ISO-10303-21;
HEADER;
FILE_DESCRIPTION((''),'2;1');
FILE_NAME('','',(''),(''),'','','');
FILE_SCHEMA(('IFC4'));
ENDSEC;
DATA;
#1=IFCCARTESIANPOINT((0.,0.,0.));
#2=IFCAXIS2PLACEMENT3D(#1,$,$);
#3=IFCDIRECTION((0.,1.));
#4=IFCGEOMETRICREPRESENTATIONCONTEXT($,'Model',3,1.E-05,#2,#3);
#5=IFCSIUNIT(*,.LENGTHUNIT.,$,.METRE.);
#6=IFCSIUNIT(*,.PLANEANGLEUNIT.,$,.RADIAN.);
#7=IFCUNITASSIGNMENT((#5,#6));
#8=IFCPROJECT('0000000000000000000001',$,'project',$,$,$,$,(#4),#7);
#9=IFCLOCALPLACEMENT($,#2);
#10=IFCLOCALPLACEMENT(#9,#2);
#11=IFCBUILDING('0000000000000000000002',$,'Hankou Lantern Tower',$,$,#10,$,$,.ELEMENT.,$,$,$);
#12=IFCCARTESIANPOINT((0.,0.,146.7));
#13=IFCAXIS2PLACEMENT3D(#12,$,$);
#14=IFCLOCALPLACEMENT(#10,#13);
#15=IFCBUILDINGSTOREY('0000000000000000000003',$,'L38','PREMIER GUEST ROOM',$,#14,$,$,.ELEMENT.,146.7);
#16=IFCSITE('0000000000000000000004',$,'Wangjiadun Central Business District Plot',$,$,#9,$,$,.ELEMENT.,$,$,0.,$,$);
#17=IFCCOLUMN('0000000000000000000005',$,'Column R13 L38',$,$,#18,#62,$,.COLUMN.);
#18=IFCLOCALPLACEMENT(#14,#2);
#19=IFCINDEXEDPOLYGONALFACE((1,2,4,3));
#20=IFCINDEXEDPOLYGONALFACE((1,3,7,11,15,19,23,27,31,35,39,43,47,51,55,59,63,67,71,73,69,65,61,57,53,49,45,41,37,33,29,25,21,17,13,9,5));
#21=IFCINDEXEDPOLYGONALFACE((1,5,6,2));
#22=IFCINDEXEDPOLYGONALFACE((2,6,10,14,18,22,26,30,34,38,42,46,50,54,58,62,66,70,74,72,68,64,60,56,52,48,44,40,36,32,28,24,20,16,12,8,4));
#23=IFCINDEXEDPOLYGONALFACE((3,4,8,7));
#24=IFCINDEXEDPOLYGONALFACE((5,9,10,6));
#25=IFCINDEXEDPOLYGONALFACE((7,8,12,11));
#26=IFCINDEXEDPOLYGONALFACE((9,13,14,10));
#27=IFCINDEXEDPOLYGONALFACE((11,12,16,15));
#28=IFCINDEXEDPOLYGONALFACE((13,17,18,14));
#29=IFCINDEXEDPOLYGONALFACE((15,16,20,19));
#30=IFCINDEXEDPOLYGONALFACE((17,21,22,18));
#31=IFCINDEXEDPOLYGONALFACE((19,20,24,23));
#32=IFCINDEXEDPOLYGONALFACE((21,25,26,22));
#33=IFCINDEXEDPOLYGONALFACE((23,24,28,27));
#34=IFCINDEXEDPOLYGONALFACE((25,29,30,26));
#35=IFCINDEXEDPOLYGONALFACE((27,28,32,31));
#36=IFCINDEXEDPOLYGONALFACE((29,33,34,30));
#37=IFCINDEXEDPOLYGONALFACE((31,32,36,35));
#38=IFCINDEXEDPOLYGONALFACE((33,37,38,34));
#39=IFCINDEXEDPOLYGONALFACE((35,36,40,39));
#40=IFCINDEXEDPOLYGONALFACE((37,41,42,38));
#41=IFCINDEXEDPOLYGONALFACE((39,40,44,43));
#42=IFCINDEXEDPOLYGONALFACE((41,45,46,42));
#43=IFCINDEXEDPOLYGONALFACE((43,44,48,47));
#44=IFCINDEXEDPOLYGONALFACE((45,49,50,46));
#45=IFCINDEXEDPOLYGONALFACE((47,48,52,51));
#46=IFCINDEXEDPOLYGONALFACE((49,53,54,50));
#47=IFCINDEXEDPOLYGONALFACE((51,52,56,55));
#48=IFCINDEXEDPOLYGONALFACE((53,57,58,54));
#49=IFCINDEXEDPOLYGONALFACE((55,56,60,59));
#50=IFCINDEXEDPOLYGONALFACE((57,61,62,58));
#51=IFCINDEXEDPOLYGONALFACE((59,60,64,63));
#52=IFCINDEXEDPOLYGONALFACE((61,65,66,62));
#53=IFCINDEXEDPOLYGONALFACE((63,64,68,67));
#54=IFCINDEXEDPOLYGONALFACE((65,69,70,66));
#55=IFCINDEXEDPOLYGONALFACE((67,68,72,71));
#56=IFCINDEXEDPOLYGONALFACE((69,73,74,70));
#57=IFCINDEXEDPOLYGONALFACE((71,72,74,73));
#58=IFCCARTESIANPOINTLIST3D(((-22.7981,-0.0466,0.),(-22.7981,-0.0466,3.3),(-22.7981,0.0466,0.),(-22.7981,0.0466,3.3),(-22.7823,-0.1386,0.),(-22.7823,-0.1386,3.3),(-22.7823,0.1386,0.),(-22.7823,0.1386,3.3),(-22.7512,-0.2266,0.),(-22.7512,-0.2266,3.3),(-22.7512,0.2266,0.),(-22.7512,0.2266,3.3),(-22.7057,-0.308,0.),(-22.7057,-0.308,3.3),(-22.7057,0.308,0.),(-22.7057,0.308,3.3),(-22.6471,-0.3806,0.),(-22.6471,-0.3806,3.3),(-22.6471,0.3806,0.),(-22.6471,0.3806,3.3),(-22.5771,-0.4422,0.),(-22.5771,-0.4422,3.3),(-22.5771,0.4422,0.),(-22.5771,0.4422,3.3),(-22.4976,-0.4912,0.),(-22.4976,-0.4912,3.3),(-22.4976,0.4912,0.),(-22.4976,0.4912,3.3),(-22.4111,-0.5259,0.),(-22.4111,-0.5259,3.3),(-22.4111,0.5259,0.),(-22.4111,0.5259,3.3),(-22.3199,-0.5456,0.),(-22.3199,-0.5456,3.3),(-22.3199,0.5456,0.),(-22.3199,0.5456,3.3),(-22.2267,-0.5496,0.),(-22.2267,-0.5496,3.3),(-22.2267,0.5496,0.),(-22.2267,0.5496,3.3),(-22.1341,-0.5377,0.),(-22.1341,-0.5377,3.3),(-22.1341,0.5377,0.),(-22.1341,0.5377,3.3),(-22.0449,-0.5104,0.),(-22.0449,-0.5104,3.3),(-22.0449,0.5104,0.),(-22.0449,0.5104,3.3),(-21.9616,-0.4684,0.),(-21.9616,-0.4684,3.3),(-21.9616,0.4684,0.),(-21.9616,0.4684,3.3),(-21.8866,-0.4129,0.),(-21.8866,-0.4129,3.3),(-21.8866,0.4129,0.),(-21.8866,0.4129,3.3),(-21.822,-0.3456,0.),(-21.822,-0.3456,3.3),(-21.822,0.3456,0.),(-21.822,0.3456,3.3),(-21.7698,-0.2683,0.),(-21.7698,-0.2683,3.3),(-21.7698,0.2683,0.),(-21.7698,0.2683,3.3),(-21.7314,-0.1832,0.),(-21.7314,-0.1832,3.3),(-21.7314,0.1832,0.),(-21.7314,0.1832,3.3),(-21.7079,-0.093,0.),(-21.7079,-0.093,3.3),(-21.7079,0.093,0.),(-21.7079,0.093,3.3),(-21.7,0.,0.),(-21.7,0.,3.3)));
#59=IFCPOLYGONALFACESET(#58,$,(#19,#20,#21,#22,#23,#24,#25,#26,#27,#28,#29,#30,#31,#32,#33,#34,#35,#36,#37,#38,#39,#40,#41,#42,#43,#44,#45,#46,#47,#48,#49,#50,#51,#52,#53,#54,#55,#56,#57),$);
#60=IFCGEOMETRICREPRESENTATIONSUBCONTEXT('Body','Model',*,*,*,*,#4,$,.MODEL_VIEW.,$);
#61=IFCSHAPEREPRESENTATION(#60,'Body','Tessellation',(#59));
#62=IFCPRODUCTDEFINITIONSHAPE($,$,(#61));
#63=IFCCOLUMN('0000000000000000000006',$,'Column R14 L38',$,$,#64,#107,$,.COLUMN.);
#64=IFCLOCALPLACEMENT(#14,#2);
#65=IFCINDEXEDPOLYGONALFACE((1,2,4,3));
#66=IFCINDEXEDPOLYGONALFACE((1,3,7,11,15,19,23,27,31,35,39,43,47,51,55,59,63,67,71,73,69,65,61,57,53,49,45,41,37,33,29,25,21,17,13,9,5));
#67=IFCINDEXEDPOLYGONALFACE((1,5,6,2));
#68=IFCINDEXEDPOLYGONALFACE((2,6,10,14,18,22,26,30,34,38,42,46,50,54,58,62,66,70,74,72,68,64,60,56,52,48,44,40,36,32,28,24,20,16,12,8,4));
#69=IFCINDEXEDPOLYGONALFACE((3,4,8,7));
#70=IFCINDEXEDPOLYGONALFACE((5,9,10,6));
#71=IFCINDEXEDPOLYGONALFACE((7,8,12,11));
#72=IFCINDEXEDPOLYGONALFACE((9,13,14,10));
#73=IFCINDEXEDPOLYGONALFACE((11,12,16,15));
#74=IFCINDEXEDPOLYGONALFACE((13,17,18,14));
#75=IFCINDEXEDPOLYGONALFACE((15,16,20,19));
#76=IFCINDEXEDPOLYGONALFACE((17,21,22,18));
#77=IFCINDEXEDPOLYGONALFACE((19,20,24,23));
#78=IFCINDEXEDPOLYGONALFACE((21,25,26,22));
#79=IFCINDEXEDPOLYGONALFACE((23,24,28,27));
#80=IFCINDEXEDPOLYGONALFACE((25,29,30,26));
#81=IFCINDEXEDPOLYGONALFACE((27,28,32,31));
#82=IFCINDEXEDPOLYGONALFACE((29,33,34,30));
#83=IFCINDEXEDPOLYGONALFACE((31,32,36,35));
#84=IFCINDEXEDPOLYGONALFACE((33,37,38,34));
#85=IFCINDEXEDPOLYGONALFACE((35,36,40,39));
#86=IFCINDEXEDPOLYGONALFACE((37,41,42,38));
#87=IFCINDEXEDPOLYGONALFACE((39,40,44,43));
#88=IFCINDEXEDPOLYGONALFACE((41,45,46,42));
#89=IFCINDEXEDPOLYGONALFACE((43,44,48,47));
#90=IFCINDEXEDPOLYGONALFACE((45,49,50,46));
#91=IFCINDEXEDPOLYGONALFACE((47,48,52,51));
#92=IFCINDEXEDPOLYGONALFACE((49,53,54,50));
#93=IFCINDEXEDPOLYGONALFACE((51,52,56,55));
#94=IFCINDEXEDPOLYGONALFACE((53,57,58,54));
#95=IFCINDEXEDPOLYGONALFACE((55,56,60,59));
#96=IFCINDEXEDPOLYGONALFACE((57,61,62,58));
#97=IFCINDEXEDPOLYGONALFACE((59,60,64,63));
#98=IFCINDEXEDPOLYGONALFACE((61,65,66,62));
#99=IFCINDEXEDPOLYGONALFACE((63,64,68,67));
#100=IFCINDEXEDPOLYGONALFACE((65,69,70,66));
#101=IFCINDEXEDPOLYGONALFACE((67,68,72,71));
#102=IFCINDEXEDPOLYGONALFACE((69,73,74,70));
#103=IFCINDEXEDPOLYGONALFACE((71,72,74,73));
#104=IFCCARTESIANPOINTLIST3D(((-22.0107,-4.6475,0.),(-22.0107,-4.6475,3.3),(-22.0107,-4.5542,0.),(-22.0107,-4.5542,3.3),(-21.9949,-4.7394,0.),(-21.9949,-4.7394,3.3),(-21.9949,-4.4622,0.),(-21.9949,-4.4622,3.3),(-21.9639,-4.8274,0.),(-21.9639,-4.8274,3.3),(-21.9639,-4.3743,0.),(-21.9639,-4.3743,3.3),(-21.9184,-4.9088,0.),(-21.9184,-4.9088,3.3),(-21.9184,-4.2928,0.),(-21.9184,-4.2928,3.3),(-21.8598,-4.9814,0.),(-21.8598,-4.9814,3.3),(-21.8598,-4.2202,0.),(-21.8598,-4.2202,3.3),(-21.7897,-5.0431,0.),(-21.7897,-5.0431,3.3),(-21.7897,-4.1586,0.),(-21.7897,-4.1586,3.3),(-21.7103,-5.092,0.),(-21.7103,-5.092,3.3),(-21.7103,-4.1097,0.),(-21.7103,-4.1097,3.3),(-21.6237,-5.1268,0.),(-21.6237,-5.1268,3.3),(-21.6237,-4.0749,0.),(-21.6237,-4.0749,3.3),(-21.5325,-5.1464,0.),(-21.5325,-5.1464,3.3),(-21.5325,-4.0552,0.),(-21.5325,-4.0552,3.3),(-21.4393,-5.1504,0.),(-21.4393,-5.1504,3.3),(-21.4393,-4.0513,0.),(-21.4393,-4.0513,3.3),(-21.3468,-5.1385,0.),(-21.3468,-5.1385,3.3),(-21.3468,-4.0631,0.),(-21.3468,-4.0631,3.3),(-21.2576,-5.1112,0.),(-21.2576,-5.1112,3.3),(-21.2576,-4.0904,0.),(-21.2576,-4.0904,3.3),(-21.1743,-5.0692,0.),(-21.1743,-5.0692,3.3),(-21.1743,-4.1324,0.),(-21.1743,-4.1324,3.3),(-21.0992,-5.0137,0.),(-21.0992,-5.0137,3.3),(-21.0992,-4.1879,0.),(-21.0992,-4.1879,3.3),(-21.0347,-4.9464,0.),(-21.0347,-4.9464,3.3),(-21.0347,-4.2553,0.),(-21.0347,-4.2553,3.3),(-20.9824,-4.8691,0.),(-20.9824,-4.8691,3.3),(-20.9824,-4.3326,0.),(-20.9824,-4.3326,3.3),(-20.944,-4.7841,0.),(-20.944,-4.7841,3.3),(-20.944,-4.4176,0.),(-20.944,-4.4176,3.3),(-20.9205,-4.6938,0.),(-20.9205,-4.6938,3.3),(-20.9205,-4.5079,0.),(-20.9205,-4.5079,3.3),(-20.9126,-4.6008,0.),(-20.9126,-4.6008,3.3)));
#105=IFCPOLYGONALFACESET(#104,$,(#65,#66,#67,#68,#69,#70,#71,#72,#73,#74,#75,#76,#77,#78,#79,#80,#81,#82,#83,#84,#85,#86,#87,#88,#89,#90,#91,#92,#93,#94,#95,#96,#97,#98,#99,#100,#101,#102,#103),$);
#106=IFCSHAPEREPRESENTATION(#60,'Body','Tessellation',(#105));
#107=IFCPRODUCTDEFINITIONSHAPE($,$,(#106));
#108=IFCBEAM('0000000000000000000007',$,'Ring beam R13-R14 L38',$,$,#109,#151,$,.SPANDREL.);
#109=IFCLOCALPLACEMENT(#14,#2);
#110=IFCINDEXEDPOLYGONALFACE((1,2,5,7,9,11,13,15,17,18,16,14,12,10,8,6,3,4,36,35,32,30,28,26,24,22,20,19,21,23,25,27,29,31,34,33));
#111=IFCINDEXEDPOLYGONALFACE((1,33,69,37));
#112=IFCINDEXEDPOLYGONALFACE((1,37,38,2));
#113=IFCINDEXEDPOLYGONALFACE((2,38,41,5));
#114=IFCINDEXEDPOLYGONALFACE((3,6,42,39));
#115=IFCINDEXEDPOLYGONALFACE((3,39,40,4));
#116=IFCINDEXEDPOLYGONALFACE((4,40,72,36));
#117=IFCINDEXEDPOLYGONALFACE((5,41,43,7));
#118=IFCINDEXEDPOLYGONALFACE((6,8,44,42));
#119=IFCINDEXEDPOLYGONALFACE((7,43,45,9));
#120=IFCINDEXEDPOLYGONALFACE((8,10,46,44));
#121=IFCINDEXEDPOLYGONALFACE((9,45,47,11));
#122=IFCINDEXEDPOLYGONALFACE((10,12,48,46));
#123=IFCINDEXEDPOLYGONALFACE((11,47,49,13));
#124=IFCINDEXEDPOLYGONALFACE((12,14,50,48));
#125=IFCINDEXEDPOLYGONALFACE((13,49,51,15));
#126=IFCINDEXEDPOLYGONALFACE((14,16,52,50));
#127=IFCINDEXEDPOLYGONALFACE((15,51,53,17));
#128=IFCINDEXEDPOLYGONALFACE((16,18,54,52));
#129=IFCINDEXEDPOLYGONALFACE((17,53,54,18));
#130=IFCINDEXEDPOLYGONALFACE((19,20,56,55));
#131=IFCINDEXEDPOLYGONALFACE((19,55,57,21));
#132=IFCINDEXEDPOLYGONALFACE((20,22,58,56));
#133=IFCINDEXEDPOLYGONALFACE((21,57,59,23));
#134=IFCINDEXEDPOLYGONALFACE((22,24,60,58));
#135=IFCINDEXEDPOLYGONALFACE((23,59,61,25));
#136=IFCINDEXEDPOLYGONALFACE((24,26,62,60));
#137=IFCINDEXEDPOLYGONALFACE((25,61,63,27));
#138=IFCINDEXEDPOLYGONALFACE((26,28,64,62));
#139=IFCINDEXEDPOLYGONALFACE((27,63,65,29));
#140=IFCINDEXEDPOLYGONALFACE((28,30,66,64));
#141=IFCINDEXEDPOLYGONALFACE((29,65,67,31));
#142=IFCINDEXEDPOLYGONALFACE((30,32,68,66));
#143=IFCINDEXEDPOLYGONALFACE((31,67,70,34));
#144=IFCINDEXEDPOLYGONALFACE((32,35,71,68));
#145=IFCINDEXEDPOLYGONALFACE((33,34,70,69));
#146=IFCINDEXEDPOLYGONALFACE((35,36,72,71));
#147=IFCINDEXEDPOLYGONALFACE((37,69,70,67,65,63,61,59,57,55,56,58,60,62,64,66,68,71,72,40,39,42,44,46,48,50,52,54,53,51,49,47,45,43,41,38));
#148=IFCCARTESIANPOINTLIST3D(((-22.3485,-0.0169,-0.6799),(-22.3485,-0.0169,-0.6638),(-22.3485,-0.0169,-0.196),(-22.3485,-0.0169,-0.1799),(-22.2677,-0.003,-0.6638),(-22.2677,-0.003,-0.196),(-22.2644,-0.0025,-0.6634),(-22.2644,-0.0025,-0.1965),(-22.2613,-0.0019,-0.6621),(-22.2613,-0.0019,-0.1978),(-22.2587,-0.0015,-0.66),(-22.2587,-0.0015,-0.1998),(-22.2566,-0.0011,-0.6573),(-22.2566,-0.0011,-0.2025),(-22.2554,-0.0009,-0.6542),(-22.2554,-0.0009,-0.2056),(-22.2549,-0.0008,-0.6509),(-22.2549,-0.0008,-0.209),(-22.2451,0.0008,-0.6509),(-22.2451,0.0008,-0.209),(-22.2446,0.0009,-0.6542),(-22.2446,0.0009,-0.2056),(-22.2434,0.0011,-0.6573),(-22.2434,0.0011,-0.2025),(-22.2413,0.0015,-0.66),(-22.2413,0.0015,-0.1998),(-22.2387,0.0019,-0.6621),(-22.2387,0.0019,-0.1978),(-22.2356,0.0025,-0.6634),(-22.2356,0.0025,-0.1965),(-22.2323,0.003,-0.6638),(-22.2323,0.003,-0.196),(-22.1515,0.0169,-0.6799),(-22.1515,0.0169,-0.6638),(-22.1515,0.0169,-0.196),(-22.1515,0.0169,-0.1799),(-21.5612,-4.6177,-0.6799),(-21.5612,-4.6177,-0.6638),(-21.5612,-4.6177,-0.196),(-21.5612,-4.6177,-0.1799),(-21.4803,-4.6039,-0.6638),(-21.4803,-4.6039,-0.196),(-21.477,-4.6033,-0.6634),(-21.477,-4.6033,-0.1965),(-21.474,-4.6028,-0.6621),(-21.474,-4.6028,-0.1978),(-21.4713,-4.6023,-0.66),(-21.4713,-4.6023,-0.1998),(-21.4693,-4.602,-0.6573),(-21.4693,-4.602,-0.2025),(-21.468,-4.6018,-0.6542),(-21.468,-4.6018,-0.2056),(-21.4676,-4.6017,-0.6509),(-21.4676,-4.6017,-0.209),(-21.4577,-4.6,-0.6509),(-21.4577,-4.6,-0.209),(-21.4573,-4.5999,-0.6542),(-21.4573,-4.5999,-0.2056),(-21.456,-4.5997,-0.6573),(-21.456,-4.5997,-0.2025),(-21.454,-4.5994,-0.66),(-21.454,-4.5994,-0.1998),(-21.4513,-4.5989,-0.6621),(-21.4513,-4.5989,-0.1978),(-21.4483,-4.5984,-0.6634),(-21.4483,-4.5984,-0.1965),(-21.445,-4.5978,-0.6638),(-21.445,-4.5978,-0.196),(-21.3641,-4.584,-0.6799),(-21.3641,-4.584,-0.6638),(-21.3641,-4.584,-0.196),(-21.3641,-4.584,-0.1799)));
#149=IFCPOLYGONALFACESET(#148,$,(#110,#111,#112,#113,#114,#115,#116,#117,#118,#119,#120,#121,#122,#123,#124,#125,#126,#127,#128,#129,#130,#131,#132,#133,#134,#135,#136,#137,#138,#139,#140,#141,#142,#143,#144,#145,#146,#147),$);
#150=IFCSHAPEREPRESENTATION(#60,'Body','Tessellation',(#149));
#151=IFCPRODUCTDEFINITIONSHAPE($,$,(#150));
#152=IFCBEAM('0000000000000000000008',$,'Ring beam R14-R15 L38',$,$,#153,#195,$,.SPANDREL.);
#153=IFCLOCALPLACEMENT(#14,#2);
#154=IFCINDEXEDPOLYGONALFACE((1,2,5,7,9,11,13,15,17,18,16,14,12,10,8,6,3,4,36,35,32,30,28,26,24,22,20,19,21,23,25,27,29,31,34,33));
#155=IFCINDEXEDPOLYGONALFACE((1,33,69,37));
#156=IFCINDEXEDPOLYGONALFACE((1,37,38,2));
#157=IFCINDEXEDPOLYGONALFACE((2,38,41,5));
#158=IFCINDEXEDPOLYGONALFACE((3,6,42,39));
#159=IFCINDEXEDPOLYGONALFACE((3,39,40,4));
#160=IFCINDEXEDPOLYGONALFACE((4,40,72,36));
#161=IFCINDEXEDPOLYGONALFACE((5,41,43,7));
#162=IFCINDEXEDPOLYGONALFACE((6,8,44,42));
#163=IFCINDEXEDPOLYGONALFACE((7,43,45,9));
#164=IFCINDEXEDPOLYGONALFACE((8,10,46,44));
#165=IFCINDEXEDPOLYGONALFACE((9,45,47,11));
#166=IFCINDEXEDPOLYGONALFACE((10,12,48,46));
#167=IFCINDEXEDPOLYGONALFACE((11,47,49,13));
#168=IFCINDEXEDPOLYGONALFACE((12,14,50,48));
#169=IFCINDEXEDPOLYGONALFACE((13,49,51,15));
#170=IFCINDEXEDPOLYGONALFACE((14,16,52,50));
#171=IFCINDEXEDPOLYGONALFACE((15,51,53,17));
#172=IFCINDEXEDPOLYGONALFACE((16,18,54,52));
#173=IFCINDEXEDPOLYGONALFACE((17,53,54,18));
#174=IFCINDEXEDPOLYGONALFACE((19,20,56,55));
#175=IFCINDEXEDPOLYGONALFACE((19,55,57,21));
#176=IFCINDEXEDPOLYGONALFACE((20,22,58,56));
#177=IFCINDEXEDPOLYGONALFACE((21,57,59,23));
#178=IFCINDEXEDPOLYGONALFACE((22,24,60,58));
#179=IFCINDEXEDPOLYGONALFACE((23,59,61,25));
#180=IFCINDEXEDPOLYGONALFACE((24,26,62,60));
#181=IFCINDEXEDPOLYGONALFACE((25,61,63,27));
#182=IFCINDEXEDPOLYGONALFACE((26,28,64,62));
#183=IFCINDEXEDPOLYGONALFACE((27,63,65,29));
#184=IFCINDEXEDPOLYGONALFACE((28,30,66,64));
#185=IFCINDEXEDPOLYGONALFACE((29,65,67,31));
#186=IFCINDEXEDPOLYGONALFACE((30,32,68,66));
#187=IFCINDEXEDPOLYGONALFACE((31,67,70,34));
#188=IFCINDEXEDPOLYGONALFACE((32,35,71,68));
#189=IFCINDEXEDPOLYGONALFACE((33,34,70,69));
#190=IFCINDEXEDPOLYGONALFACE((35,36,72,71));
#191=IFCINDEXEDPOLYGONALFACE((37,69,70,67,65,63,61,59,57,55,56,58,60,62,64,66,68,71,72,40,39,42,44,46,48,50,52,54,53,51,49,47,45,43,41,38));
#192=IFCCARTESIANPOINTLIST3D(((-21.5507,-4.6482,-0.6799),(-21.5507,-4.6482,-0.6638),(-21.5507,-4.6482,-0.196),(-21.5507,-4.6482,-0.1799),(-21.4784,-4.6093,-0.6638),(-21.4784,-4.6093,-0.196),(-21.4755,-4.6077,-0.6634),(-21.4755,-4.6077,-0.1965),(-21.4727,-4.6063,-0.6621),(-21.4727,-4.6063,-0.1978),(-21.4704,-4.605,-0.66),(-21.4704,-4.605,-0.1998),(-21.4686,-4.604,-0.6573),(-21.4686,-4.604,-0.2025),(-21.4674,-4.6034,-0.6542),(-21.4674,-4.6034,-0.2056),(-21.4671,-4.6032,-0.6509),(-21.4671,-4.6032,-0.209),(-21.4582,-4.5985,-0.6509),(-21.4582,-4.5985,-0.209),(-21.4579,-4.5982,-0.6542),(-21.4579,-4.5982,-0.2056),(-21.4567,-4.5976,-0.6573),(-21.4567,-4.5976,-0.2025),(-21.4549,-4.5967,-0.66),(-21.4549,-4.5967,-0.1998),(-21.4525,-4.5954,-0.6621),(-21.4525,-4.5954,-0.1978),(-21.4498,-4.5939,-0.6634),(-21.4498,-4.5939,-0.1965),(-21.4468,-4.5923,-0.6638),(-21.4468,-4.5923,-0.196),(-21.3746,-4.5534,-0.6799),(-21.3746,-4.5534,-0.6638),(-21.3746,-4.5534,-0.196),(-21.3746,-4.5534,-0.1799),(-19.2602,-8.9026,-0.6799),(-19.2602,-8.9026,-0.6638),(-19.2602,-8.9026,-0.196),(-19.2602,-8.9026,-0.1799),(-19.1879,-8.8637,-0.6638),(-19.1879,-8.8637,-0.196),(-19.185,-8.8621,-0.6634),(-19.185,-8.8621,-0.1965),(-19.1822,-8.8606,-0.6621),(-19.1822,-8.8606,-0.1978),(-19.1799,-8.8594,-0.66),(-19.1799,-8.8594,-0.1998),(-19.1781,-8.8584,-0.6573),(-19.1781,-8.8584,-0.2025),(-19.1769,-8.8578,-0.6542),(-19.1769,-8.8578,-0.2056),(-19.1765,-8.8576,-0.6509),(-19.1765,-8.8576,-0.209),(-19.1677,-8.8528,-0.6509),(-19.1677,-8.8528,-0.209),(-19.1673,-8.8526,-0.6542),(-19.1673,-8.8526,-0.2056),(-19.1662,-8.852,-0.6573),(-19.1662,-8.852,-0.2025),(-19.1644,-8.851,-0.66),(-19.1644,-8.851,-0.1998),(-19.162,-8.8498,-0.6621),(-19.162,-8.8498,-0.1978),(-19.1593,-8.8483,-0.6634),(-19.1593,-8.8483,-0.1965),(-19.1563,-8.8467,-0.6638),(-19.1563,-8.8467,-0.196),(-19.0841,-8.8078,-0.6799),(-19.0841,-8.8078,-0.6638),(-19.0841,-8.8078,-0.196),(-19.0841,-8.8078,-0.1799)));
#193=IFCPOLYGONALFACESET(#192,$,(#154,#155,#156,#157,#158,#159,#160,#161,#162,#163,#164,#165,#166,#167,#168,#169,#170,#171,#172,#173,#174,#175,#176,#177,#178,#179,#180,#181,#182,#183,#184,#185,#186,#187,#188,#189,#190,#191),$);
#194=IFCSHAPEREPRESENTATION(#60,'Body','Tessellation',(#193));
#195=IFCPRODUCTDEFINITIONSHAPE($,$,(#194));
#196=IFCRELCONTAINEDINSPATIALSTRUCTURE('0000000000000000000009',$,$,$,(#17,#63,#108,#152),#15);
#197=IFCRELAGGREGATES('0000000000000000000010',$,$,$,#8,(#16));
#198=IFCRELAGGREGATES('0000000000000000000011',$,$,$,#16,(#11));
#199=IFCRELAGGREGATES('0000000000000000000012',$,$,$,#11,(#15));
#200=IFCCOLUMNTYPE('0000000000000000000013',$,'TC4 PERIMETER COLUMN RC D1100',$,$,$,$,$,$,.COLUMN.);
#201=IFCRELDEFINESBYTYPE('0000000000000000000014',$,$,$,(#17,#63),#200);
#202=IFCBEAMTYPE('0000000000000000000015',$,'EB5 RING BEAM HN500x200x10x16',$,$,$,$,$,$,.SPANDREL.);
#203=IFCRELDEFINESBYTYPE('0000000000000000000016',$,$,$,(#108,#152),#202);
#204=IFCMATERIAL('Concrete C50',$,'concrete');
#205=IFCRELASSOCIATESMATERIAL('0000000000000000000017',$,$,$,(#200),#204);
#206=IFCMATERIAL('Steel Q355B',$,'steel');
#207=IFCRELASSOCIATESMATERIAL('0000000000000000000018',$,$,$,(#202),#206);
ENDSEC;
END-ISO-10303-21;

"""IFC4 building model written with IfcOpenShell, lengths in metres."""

from ifc_helpers import new_model, si_unit, direction, frame, origin, origin_2d, place, context, subcontext, project, spatial, circle, i_section, extrude, material, material_profile, profile_set, type_object, element, save


model = new_model("IFC4")

# Units and contexts
model_context = context("Model", 3, precision=1e-05, world=origin(), true_north=direction((0.0, 1.0)))
body_context = subcontext(model_context, "Body", "Model", "MODEL_VIEW")
ifc_project = project(units=[si_unit("LENGTHUNIT", "METRE"), si_unit("PLANEANGLEUNIT", "RADIAN")], contexts=[model_context])

# Site, building, storey
site_placement = place(None, origin())
site = spatial("IfcSite", under=ifc_project, at=site_placement, Name="Wangjiadun Central Business District Plot", CompositionType="ELEMENT", RefElevation=0.0)
building_placement = place(site_placement, origin())
building = spatial("IfcBuilding", under=site, at=building_placement, Name="Hankou Lantern Tower", CompositionType="ELEMENT")
storey_placement = place(building_placement, frame((0.0, 0.0, 146.7)))
storey = spatial("IfcBuildingStorey", under=building, at=storey_placement, Name="L38", Description="PREMIER GUEST ROOM", CompositionType="ELEMENT", Elevation=146.7)

# Columns
ifc_material_1 = material(Name="Concrete C50", Category="concrete")
ifc_material_profile_1 = material_profile(ifc_material_1, circle(Radius=0.55, at=origin_2d()), Name="RC D1100")
ifc_profile_set_1 = profile_set([ifc_material_profile_1], Name="Concrete C50")
column_type = type_object("IfcColumnType", Name="TC4 PERIMETER COLUMN RC D1100", PredefinedType="COLUMN", material=ifc_profile_set_1)
for number, where, z_axis, x_axis, name in (
    (1, (-22.25, 0.0, 0.0), (0.0, 0.0, 1.0), (1.0, 0.0, 0.0), "Column R13 L38"),
    (2, (-21.4626, -4.6008, 0.0), (0.0, 0.0, 1.0), (1.0, 0.0, 0.0), "Column R14 L38"),
):
    element("IfcColumn", number, at=place(storey_placement, frame(where, z_axis=z_axis, x_axis=x_axis)), inside=storey, type_object=column_type, Name=name, PredefinedType="COLUMN", context=body_context, shape_type="SweptSolid", body=[
        extrude(circle(Radius=0.55, at=origin_2d()), origin(), (0.0, 0.0, 1.0), 3.3),
    ])

# Beams
ifc_material_2 = material(Name="Steel Q355B", Category="steel")
ifc_material_profile_2 = material_profile(ifc_material_2, i_section(OverallWidth=0.2, OverallDepth=0.5, WebThickness=0.01, FlangeThickness=0.0161, FilletRadius=0.0129, at=origin_2d()), Name="HN500x200x10x16")
ifc_profile_set_2 = profile_set([ifc_material_profile_2], Name="Steel Q355B")
beam_type_1 = type_object("IfcBeamType", Name="EB5 RING BEAM HN500x200x10x16", PredefinedType="SPANDREL", material=ifc_profile_set_2)
beam_1_placement = place(storey_placement, frame((-22.25, 0.0, -0.4299), z_axis=(0.168681, -0.985671, 0.0), x_axis=(0.985671, 0.168681, 0.0)))
element("IfcBeam", 3, at=beam_1_placement, inside=storey, type_object=beam_type_1, Name="Ring beam R13-R14 L38", PredefinedType="SPANDREL", context=body_context, shape_type="SweptSolid", body=[
    extrude(i_section(OverallWidth=0.2, OverallDepth=0.5, WebThickness=0.01, FlangeThickness=0.0161, FilletRadius=0.0129, at=origin_2d()), origin(), (0.0, 0.0, 1.0), 4.6677),
])
beam_2_placement = place(storey_placement, frame((-21.4626, -4.6008, -0.4299), z_axis=(0.474052, -0.880497, 0.0), x_axis=(0.880497, 0.474052, 0.0)))
element("IfcBeam", 4, at=beam_2_placement, inside=storey, type_object=beam_type_1, Name="Ring beam R14-R15 L38", PredefinedType="SPANDREL", context=body_context, shape_type="SweptSolid", body=[
    extrude(i_section(OverallWidth=0.2, OverallDepth=0.5, WebThickness=0.01, FlangeThickness=0.0161, FilletRadius=0.0129, at=origin_2d()), origin(), (0.0, 0.0, 1.0), 4.8318),
])

save(model, "model.ifc")
